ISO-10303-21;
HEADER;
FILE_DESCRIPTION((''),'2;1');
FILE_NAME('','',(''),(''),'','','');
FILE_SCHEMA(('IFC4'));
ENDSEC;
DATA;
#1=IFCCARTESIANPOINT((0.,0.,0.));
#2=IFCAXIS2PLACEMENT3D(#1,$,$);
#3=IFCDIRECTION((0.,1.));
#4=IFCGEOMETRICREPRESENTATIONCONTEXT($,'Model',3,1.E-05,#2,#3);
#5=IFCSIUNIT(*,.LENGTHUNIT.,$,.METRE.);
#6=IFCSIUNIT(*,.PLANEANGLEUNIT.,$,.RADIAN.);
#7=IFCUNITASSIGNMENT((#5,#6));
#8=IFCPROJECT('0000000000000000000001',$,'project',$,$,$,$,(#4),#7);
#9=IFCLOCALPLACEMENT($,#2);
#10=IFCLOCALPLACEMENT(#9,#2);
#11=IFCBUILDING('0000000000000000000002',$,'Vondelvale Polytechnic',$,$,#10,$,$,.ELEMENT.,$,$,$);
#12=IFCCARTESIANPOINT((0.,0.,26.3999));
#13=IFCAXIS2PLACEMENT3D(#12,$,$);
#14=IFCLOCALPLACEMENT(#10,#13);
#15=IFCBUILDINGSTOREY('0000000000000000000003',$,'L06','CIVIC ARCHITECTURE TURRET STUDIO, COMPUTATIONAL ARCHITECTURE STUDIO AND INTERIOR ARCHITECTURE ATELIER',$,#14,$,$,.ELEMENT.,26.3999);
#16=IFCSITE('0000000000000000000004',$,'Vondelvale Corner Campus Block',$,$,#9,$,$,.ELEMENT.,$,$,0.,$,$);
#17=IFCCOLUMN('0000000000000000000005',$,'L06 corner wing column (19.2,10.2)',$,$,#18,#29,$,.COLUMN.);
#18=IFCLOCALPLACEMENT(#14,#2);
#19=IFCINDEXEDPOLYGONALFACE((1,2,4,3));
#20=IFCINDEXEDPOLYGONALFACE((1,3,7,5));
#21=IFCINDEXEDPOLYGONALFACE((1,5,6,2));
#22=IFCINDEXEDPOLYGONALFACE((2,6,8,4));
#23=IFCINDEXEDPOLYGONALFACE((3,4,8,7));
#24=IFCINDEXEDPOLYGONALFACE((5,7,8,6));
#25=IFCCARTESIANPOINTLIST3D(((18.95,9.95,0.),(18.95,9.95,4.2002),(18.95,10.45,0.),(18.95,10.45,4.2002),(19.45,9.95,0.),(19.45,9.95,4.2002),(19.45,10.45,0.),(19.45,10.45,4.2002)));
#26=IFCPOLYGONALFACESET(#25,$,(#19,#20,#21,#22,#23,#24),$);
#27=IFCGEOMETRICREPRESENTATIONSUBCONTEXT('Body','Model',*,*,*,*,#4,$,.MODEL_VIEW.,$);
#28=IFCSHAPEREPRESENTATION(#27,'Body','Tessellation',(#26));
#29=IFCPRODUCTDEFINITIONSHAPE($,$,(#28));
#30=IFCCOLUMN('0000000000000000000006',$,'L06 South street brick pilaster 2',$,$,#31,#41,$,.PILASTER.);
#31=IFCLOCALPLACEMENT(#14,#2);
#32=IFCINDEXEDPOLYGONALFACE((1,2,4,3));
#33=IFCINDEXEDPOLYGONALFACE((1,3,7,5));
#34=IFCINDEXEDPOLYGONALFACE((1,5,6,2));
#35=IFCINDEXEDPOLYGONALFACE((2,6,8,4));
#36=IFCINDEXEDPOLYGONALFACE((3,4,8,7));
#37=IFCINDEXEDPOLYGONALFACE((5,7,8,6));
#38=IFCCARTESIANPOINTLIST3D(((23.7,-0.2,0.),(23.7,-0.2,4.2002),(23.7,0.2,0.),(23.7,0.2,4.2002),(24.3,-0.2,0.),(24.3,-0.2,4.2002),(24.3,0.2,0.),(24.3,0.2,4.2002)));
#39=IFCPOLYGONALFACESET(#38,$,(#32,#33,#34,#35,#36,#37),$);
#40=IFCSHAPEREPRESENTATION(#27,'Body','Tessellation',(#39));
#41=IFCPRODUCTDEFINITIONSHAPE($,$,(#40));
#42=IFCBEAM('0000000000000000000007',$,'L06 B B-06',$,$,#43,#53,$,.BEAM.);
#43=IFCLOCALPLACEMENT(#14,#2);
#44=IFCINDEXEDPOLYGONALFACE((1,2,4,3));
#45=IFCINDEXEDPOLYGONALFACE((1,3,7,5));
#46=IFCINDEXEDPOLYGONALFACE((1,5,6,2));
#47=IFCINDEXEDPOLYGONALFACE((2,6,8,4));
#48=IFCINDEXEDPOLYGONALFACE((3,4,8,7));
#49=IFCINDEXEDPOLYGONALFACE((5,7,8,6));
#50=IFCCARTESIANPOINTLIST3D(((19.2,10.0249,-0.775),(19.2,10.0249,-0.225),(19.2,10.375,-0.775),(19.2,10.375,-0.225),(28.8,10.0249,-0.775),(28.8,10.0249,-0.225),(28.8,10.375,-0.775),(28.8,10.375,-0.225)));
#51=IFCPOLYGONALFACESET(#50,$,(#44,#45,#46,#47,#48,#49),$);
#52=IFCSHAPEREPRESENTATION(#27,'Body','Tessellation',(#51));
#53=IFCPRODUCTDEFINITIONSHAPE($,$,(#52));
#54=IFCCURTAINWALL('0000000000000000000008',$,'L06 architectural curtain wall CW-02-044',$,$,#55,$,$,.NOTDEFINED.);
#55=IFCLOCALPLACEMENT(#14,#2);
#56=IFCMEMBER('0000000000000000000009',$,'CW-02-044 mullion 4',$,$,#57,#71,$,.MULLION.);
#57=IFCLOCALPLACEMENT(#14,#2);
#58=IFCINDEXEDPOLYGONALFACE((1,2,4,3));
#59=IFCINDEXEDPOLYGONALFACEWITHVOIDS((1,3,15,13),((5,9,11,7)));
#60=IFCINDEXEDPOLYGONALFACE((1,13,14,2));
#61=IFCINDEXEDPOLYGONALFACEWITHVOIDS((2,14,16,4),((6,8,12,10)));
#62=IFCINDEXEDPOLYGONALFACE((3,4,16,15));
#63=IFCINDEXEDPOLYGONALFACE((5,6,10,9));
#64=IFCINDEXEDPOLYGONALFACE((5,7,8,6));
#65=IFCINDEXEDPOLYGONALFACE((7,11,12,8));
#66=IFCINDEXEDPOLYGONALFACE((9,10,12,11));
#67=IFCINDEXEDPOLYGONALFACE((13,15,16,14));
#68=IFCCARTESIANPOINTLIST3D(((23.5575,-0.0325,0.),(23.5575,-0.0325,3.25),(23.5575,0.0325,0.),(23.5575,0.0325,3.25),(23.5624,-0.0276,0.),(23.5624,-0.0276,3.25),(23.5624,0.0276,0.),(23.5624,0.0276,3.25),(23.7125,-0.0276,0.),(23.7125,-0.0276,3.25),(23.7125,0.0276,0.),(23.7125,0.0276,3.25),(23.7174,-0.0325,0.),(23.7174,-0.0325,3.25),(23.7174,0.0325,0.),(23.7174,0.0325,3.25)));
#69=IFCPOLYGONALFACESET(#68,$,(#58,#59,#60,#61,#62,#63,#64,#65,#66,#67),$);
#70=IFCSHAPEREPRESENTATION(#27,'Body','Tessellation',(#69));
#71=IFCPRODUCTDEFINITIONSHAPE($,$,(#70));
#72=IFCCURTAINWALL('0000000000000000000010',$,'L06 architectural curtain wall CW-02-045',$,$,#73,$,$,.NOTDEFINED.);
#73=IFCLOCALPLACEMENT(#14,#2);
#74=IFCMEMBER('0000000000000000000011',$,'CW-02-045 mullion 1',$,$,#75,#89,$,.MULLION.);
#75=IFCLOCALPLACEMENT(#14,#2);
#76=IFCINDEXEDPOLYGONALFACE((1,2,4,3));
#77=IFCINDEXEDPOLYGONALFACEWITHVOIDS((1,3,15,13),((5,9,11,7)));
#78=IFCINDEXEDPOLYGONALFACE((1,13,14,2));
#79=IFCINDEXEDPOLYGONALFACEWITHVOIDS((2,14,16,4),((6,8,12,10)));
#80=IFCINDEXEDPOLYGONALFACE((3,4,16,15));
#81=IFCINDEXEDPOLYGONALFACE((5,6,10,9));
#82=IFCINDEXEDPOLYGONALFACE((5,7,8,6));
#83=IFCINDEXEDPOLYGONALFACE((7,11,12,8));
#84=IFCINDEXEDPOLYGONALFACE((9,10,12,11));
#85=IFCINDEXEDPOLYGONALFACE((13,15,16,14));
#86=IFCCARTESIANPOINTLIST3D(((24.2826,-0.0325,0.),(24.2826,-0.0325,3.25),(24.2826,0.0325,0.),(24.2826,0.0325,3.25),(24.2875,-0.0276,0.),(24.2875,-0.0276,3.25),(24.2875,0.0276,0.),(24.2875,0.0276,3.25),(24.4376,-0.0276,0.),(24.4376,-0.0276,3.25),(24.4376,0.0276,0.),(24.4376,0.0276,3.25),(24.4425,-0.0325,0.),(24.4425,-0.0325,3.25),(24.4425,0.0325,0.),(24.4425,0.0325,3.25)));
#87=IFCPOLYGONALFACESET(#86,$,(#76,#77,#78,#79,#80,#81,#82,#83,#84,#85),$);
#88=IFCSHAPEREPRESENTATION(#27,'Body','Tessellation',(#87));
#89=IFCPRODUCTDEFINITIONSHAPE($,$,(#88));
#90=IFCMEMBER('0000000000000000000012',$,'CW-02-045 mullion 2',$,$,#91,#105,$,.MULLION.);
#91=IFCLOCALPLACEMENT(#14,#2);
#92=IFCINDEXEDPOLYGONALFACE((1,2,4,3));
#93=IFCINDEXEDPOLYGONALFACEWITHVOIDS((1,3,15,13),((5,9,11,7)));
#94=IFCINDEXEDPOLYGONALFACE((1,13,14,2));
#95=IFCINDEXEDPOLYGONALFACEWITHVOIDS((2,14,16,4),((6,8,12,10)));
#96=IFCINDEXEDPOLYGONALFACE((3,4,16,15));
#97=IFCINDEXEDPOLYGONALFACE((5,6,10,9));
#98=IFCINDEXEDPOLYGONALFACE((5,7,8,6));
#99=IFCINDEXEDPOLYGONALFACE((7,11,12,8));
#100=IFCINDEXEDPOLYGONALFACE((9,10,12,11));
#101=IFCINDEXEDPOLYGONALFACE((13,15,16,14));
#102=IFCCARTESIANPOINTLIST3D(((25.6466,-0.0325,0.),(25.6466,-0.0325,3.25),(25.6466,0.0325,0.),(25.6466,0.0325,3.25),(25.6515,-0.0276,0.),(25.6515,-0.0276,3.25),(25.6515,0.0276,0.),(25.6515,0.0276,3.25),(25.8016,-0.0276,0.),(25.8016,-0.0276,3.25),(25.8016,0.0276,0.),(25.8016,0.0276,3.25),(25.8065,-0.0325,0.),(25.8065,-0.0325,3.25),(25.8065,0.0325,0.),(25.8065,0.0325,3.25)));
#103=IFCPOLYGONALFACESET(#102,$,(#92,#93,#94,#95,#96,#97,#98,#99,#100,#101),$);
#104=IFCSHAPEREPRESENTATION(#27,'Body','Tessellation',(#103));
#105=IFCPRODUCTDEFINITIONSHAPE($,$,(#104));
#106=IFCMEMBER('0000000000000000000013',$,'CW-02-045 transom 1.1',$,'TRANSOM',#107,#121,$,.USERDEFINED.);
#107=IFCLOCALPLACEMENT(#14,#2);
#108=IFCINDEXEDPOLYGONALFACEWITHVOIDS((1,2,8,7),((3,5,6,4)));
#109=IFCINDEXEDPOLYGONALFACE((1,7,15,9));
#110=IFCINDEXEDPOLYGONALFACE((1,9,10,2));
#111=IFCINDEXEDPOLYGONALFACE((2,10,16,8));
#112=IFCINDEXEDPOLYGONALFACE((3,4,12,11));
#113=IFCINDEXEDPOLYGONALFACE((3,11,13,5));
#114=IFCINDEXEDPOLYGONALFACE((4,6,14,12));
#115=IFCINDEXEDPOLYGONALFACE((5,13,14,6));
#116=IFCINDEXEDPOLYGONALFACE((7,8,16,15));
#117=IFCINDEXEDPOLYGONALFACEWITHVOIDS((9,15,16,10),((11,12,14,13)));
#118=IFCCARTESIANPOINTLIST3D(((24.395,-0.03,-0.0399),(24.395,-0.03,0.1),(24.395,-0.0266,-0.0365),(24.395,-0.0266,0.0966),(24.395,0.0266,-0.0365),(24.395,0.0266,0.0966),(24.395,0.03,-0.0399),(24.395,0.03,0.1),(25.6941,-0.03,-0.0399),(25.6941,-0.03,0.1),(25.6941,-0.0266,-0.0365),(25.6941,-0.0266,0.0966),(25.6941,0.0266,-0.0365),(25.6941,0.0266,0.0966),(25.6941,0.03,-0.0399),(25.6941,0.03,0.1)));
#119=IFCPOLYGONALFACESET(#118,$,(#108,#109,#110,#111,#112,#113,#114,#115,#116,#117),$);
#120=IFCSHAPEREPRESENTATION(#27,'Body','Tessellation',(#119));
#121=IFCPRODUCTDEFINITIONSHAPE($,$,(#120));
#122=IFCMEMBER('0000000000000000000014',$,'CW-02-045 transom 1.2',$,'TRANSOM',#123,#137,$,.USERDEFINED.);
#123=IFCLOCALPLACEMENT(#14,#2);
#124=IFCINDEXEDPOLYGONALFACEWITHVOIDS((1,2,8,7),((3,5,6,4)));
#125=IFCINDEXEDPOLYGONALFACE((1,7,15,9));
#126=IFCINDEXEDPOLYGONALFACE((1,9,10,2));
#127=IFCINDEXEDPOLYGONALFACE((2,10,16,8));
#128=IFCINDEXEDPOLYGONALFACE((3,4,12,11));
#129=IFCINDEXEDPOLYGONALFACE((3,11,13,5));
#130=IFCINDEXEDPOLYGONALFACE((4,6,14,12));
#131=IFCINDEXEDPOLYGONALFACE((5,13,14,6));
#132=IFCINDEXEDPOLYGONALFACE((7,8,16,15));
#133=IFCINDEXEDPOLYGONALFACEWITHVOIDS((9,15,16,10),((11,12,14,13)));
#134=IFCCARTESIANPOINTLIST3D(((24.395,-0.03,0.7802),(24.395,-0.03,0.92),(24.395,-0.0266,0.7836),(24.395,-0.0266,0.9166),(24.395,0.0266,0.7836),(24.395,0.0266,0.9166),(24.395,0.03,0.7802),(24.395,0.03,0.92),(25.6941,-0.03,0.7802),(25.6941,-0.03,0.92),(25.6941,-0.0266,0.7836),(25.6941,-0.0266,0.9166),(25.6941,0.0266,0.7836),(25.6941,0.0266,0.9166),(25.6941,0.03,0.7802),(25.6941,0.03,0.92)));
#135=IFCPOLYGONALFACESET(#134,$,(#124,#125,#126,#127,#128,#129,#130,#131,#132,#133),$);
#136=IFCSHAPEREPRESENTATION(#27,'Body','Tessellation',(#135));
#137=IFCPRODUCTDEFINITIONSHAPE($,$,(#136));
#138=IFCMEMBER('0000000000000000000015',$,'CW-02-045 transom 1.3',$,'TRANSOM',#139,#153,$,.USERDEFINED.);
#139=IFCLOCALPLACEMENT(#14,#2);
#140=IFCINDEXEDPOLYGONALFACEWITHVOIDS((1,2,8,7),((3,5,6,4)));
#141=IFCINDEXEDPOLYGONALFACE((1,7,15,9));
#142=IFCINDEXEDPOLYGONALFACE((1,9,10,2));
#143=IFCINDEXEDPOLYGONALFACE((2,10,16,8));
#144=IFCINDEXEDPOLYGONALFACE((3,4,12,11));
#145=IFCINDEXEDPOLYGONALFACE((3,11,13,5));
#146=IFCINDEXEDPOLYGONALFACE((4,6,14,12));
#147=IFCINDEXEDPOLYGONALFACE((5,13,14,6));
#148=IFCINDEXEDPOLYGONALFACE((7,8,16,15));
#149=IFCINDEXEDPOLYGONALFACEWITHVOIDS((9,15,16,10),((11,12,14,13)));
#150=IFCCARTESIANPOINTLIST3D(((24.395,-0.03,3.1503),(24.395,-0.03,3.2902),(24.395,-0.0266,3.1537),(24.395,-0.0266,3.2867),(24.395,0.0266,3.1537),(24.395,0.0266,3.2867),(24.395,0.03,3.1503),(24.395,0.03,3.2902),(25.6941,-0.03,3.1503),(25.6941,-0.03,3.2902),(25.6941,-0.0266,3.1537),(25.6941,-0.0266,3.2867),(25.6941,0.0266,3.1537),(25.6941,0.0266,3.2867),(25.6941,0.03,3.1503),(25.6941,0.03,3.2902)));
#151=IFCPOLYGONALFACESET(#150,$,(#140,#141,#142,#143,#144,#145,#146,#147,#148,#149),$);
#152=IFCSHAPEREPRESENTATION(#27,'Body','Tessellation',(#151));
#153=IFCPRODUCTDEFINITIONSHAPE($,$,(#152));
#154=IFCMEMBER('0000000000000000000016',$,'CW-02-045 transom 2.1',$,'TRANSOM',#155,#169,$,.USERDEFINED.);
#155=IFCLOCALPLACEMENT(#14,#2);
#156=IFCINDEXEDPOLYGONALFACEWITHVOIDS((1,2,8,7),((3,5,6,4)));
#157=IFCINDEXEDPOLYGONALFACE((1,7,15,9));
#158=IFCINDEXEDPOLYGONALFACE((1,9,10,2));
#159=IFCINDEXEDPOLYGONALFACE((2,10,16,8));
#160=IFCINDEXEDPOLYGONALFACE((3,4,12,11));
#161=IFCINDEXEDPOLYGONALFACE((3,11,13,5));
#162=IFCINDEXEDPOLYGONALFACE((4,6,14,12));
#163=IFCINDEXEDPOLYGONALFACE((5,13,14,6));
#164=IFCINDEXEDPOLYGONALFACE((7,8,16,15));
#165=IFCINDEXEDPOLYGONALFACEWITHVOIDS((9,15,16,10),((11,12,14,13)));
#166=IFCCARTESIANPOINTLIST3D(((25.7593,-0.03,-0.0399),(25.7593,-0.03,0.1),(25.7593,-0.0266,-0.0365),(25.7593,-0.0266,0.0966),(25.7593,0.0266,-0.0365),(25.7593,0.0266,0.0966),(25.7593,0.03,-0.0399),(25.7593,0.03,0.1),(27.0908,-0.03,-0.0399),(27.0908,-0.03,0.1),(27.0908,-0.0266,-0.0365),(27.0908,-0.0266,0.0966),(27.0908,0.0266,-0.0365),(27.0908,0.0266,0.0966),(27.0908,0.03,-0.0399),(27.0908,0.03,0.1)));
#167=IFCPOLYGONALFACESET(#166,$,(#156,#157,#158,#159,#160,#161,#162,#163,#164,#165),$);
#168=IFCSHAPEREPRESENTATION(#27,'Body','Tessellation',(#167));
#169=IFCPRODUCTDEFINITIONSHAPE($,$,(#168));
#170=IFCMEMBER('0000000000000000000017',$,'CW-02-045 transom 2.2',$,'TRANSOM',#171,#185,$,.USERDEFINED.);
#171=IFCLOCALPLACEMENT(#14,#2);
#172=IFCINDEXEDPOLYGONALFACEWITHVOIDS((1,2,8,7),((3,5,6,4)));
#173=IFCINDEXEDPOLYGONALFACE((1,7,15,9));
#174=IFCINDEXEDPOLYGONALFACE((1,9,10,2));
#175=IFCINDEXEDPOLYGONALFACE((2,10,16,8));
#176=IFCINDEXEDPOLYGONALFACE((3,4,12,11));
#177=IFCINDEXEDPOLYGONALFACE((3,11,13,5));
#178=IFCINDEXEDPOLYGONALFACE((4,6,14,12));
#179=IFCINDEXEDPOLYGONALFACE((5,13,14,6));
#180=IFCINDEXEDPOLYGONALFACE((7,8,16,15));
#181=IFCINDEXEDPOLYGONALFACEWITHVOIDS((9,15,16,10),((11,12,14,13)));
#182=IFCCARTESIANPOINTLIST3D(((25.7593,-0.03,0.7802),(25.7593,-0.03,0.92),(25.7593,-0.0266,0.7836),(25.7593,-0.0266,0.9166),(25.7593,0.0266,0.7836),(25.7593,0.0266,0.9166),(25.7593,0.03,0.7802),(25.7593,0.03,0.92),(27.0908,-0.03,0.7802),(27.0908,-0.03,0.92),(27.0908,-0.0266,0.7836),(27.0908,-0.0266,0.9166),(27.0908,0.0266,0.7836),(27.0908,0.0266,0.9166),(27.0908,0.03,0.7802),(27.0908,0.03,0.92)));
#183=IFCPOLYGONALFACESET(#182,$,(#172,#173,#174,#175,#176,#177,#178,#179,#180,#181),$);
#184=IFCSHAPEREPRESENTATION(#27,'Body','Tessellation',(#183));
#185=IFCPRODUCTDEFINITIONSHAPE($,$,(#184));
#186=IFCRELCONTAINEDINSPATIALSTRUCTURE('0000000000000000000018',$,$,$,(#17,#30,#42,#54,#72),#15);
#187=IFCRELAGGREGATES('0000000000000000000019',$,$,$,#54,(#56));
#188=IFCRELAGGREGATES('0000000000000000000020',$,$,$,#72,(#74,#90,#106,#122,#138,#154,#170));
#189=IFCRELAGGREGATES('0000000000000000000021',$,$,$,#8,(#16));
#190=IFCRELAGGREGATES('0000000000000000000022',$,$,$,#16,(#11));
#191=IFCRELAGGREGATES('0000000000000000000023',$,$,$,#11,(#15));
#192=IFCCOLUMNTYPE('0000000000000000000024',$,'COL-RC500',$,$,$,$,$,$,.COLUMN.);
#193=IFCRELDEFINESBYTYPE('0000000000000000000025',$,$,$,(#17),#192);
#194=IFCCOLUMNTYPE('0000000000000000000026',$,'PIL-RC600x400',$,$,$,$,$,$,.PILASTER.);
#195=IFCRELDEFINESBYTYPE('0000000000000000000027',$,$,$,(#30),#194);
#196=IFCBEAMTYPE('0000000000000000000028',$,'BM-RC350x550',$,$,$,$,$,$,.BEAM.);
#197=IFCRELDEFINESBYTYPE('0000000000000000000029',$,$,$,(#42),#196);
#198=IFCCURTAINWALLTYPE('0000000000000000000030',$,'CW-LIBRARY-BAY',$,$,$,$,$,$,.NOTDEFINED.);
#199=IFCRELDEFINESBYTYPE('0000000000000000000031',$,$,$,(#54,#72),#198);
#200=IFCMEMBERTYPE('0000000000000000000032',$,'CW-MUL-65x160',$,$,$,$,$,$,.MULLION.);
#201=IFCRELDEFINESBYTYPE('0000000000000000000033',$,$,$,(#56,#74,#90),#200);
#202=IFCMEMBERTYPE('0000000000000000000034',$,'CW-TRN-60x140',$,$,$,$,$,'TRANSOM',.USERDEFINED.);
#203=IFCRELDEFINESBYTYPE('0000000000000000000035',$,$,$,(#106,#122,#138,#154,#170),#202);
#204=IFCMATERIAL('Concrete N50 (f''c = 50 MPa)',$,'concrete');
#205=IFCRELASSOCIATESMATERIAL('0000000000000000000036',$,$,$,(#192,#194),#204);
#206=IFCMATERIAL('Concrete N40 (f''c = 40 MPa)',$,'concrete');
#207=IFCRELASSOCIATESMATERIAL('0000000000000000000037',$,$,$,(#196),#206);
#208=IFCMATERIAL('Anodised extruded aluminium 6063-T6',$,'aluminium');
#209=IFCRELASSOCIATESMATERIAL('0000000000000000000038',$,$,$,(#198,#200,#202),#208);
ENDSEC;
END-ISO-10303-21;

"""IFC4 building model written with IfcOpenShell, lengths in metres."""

from ifc_helpers import new_model, si_unit, direction, frame, origin, origin_2d, place, context, subcontext, project, spatial, rectangle, hollow_rectangle, extrude, material, material_profile, profile_set, type_object, element, aggregate, save


model = new_model("IFC4")

# Units and contexts
model_context = context("Model", 3, precision=1e-05, world=origin(), true_north=direction((0.0, 1.0)))
body_context = subcontext(model_context, "Body", "Model", "MODEL_VIEW")
ifc_project = project(units=[si_unit("LENGTHUNIT", "METRE"), si_unit("PLANEANGLEUNIT", "RADIAN")], contexts=[model_context])

# Site, building, storey
site_placement = place(None, origin())
site = spatial("IfcSite", under=ifc_project, at=site_placement, Name="Vondelvale Corner Campus Block", CompositionType="ELEMENT", RefElevation=0.0)
building_placement = place(site_placement, origin())
building = spatial("IfcBuilding", under=site, at=building_placement, Name="Vondelvale Polytechnic", CompositionType="ELEMENT")
storey_placement = place(building_placement, frame((0.0, 0.0, 26.3999)))
storey = spatial("IfcBuildingStorey", under=building, at=storey_placement, Name="L06", Description="CIVIC ARCHITECTURE TURRET STUDIO, COMPUTATIONAL ARCHITECTURE STUDIO AND INTERIOR ARCHITECTURE ATELIER", CompositionType="ELEMENT", Elevation=26.3999)

# Columns
ifc_material_1 = material(Name="Concrete N50 (f'c = 50 MPa)", Category="concrete")
ifc_material_profile_1 = material_profile(ifc_material_1, rectangle(XDim=0.5, YDim=0.5, at=origin_2d()), Name="RC-COL-500x500")
ifc_profile_set_1 = profile_set([ifc_material_profile_1], Name="Concrete N50 (f'c = 50 MPa)")
column_type_1 = type_object("IfcColumnType", Name="COL-RC500", PredefinedType="COLUMN", material=ifc_profile_set_1)
column_1_placement = place(storey_placement, frame((19.2, 10.2, 0.0), z_axis=(0.0, 0.0, 1.0), x_axis=(1.0, 0.0, 0.0)))
element("IfcColumn", 1, at=column_1_placement, inside=storey, type_object=column_type_1, Name="L06 corner wing column (19.2,10.2)", PredefinedType="COLUMN", context=body_context, shape_type="SweptSolid", body=[
    extrude(rectangle(XDim=0.5, YDim=0.5, at=origin_2d()), origin(), (0.0, 0.0, 1.0), 4.2002),
])
ifc_material_profile_2 = material_profile(ifc_material_1, rectangle(XDim=0.3999, YDim=0.6001, at=origin_2d()), Name="RC-PIL-600x400")
ifc_profile_set_2 = profile_set([ifc_material_profile_2], Name="Concrete N50 (f'c = 50 MPa)")
column_type_2 = type_object("IfcColumnType", Name="PIL-RC600x400", PredefinedType="PILASTER", material=ifc_profile_set_2)
column_2_placement = place(storey_placement, frame((24.0, 0.0, 0.0), z_axis=(0.0, 0.0, 1.0), x_axis=(0.0, 1.0, 0.0)))
element("IfcColumn", 2, at=column_2_placement, inside=storey, type_object=column_type_2, Name="L06 South street brick pilaster 2", PredefinedType="PILASTER", context=body_context, shape_type="SweptSolid", body=[
    extrude(rectangle(XDim=0.3999, YDim=0.6001, at=origin_2d()), origin(), (0.0, 0.0, 1.0), 4.2002),
])

# Beam
ifc_material_2 = material(Name="Concrete N40 (f'c = 40 MPa)", Category="concrete")
ifc_material_profile_3 = material_profile(ifc_material_2, rectangle(XDim=0.3501, YDim=0.55, at=origin_2d()), Name="RC-BM-350x550")
ifc_profile_set_3 = profile_set([ifc_material_profile_3], Name="Concrete N40 (f'c = 40 MPa)")
beam_type_1 = type_object("IfcBeamType", Name="BM-RC350x550", PredefinedType="BEAM", material=ifc_profile_set_3)
beam_1_placement = place(storey_placement, frame((19.2, 10.2, -0.5), z_axis=(1.0, 0.0, 0.0), x_axis=(0.0, 1.0, 0.0)))
element("IfcBeam", 3, at=beam_1_placement, inside=storey, type_object=beam_type_1, Name="L06 B B-06", PredefinedType="BEAM", context=body_context, shape_type="SweptSolid", body=[
    extrude(rectangle(XDim=0.3501, YDim=0.55, at=origin_2d()), origin(), (0.0, 0.0, 1.0), 9.6001),
])

# Curtain wall, member
ifc_material_3 = material(Name="Anodised extruded aluminium 6063-T6", Category="aluminium")
curtain_wall_type = type_object("IfcCurtainWallType", Name="CW-LIBRARY-BAY", PredefinedType="NOTDEFINED", material=ifc_material_3)
curtain_wall_1_placement = place(storey_placement, origin())
curtain_wall_1 = element("IfcCurtainWall", 4, at=curtain_wall_1_placement, inside=storey, type_object=curtain_wall_type, Name="L06 architectural curtain wall CW-02-044", PredefinedType="NOTDEFINED")
ifc_material_profile_4 = material_profile(ifc_material_3, hollow_rectangle(XDim=0.0649, YDim=0.1599, WallThickness=0.0049, at=origin_2d()), Name="CW-MUL-160x65")
ifc_profile_set_4 = profile_set([ifc_material_profile_4], Name="Anodised extruded aluminium 6063-T6")
member_type_1 = type_object("IfcMemberType", Name="CW-MUL-65x160", PredefinedType="MULLION", material=ifc_profile_set_4)
member_1_placement = place(storey_placement, frame((23.6375, 0.0, 0.0), z_axis=(0.0, 0.0, 1.0), x_axis=(0.0, 1.0, 0.0)))
member_1 = element("IfcMember", 5, at=member_1_placement, type_object=member_type_1, Name="CW-02-044 mullion 4", PredefinedType="MULLION", context=body_context, shape_type="SweptSolid", body=[
    extrude(hollow_rectangle(XDim=0.0649, YDim=0.1599, WallThickness=0.0049, at=origin_2d()), origin(), (0.0, 0.0, 1.0), 3.25),
])
aggregate(curtain_wall_1, [member_1])

# Curtain wall, members
curtain_wall_2_placement = place(storey_placement, origin())
curtain_wall_2 = element("IfcCurtainWall", 6, at=curtain_wall_2_placement, inside=storey, type_object=curtain_wall_type, Name="L06 architectural curtain wall CW-02-045", PredefinedType="NOTDEFINED")
member_2_placement = place(storey_placement, frame((24.3625, 0.0, 0.0), z_axis=(0.0, 0.0, 1.0), x_axis=(0.0, 1.0, 0.0)))
member_2 = element("IfcMember", 7, at=member_2_placement, type_object=member_type_1, Name="CW-02-045 mullion 1", PredefinedType="MULLION", context=body_context, shape_type="SweptSolid", body=[
    extrude(hollow_rectangle(XDim=0.0649, YDim=0.1599, WallThickness=0.0049, at=origin_2d()), origin(), (0.0, 0.0, 1.0), 3.25),
])
member_3_placement = place(storey_placement, frame((25.7266, 0.0, 0.0), z_axis=(0.0, 0.0, 1.0), x_axis=(0.0, 1.0, 0.0)))
member_3 = element("IfcMember", 8, at=member_3_placement, type_object=member_type_1, Name="CW-02-045 mullion 2", PredefinedType="MULLION", context=body_context, shape_type="SweptSolid", body=[
    extrude(hollow_rectangle(XDim=0.0649, YDim=0.1599, WallThickness=0.0049, at=origin_2d()), origin(), (0.0, 0.0, 1.0), 3.25),
])
ifc_material_profile_5 = material_profile(ifc_material_3, hollow_rectangle(XDim=0.0601, YDim=0.1399, WallThickness=0.0034, at=origin_2d()), Name="CW-TRN-140x60")
ifc_profile_set_5 = profile_set([ifc_material_profile_5], Name="Anodised extruded aluminium 6063-T6")
member_type_2 = type_object("IfcMemberType", Name="CW-TRN-60x140", ElementType="TRANSOM", PredefinedType="USERDEFINED", material=ifc_profile_set_5)
member_4_placement = place(storey_placement, frame((24.395, 0.0, 0.03), z_axis=(1.0, 0.0, 0.0), x_axis=(0.0, 1.0, 0.0)))
member_4 = element("IfcMember", 9, at=member_4_placement, type_object=member_type_2, Name="CW-02-045 transom 1.1", ObjectType="TRANSOM", PredefinedType="USERDEFINED", context=body_context, shape_type="SweptSolid", body=[
    extrude(hollow_rectangle(XDim=0.0601, YDim=0.1399, WallThickness=0.0034, at=origin_2d()), origin(), (0.0, 0.0, 1.0), 1.2991),
])
member_5_placement = place(storey_placement, frame((24.395, 0.0, 0.8501), z_axis=(1.0, 0.0, 0.0), x_axis=(0.0, 1.0, 0.0)))
member_5 = element("IfcMember", 10, at=member_5_placement, type_object=member_type_2, Name="CW-02-045 transom 1.2", ObjectType="TRANSOM", PredefinedType="USERDEFINED", context=body_context, shape_type="SweptSolid", body=[
    extrude(hollow_rectangle(XDim=0.0601, YDim=0.1399, WallThickness=0.0034, at=origin_2d()), origin(), (0.0, 0.0, 1.0), 1.2991),
])
member_6_placement = place(storey_placement, frame((24.395, 0.0, 3.2202), z_axis=(1.0, 0.0, 0.0), x_axis=(0.0, 1.0, 0.0)))
member_6 = element("IfcMember", 11, at=member_6_placement, type_object=member_type_2, Name="CW-02-045 transom 1.3", ObjectType="TRANSOM", PredefinedType="USERDEFINED", context=body_context, shape_type="SweptSolid", body=[
    extrude(hollow_rectangle(XDim=0.0601, YDim=0.1399, WallThickness=0.0034, at=origin_2d()), origin(), (0.0, 0.0, 1.0), 1.2991),
])
member_7_placement = place(storey_placement, frame((25.7593, 0.0, 0.03), z_axis=(1.0, 0.0, 0.0), x_axis=(0.0, 1.0, 0.0)))
member_7 = element("IfcMember", 12, at=member_7_placement, type_object=member_type_2, Name="CW-02-045 transom 2.1", ObjectType="TRANSOM", PredefinedType="USERDEFINED", context=body_context, shape_type="SweptSolid", body=[
    extrude(hollow_rectangle(XDim=0.0601, YDim=0.1399, WallThickness=0.0034, at=origin_2d()), origin(), (0.0, 0.0, 1.0), 1.3315),
])
member_8_placement = place(storey_placement, frame((25.7593, 0.0, 0.8501), z_axis=(1.0, 0.0, 0.0), x_axis=(0.0, 1.0, 0.0)))
member_8 = element("IfcMember", 13, at=member_8_placement, type_object=member_type_2, Name="CW-02-045 transom 2.2", ObjectType="TRANSOM", PredefinedType="USERDEFINED", context=body_context, shape_type="SweptSolid", body=[
    extrude(hollow_rectangle(XDim=0.0601, YDim=0.1399, WallThickness=0.0034, at=origin_2d()), origin(), (0.0, 0.0, 1.0), 1.3315),
])

aggregate(curtain_wall_2, [member_2, member_3, member_4, member_5, member_6, member_7, member_8])

save(model, "model.ifc")
